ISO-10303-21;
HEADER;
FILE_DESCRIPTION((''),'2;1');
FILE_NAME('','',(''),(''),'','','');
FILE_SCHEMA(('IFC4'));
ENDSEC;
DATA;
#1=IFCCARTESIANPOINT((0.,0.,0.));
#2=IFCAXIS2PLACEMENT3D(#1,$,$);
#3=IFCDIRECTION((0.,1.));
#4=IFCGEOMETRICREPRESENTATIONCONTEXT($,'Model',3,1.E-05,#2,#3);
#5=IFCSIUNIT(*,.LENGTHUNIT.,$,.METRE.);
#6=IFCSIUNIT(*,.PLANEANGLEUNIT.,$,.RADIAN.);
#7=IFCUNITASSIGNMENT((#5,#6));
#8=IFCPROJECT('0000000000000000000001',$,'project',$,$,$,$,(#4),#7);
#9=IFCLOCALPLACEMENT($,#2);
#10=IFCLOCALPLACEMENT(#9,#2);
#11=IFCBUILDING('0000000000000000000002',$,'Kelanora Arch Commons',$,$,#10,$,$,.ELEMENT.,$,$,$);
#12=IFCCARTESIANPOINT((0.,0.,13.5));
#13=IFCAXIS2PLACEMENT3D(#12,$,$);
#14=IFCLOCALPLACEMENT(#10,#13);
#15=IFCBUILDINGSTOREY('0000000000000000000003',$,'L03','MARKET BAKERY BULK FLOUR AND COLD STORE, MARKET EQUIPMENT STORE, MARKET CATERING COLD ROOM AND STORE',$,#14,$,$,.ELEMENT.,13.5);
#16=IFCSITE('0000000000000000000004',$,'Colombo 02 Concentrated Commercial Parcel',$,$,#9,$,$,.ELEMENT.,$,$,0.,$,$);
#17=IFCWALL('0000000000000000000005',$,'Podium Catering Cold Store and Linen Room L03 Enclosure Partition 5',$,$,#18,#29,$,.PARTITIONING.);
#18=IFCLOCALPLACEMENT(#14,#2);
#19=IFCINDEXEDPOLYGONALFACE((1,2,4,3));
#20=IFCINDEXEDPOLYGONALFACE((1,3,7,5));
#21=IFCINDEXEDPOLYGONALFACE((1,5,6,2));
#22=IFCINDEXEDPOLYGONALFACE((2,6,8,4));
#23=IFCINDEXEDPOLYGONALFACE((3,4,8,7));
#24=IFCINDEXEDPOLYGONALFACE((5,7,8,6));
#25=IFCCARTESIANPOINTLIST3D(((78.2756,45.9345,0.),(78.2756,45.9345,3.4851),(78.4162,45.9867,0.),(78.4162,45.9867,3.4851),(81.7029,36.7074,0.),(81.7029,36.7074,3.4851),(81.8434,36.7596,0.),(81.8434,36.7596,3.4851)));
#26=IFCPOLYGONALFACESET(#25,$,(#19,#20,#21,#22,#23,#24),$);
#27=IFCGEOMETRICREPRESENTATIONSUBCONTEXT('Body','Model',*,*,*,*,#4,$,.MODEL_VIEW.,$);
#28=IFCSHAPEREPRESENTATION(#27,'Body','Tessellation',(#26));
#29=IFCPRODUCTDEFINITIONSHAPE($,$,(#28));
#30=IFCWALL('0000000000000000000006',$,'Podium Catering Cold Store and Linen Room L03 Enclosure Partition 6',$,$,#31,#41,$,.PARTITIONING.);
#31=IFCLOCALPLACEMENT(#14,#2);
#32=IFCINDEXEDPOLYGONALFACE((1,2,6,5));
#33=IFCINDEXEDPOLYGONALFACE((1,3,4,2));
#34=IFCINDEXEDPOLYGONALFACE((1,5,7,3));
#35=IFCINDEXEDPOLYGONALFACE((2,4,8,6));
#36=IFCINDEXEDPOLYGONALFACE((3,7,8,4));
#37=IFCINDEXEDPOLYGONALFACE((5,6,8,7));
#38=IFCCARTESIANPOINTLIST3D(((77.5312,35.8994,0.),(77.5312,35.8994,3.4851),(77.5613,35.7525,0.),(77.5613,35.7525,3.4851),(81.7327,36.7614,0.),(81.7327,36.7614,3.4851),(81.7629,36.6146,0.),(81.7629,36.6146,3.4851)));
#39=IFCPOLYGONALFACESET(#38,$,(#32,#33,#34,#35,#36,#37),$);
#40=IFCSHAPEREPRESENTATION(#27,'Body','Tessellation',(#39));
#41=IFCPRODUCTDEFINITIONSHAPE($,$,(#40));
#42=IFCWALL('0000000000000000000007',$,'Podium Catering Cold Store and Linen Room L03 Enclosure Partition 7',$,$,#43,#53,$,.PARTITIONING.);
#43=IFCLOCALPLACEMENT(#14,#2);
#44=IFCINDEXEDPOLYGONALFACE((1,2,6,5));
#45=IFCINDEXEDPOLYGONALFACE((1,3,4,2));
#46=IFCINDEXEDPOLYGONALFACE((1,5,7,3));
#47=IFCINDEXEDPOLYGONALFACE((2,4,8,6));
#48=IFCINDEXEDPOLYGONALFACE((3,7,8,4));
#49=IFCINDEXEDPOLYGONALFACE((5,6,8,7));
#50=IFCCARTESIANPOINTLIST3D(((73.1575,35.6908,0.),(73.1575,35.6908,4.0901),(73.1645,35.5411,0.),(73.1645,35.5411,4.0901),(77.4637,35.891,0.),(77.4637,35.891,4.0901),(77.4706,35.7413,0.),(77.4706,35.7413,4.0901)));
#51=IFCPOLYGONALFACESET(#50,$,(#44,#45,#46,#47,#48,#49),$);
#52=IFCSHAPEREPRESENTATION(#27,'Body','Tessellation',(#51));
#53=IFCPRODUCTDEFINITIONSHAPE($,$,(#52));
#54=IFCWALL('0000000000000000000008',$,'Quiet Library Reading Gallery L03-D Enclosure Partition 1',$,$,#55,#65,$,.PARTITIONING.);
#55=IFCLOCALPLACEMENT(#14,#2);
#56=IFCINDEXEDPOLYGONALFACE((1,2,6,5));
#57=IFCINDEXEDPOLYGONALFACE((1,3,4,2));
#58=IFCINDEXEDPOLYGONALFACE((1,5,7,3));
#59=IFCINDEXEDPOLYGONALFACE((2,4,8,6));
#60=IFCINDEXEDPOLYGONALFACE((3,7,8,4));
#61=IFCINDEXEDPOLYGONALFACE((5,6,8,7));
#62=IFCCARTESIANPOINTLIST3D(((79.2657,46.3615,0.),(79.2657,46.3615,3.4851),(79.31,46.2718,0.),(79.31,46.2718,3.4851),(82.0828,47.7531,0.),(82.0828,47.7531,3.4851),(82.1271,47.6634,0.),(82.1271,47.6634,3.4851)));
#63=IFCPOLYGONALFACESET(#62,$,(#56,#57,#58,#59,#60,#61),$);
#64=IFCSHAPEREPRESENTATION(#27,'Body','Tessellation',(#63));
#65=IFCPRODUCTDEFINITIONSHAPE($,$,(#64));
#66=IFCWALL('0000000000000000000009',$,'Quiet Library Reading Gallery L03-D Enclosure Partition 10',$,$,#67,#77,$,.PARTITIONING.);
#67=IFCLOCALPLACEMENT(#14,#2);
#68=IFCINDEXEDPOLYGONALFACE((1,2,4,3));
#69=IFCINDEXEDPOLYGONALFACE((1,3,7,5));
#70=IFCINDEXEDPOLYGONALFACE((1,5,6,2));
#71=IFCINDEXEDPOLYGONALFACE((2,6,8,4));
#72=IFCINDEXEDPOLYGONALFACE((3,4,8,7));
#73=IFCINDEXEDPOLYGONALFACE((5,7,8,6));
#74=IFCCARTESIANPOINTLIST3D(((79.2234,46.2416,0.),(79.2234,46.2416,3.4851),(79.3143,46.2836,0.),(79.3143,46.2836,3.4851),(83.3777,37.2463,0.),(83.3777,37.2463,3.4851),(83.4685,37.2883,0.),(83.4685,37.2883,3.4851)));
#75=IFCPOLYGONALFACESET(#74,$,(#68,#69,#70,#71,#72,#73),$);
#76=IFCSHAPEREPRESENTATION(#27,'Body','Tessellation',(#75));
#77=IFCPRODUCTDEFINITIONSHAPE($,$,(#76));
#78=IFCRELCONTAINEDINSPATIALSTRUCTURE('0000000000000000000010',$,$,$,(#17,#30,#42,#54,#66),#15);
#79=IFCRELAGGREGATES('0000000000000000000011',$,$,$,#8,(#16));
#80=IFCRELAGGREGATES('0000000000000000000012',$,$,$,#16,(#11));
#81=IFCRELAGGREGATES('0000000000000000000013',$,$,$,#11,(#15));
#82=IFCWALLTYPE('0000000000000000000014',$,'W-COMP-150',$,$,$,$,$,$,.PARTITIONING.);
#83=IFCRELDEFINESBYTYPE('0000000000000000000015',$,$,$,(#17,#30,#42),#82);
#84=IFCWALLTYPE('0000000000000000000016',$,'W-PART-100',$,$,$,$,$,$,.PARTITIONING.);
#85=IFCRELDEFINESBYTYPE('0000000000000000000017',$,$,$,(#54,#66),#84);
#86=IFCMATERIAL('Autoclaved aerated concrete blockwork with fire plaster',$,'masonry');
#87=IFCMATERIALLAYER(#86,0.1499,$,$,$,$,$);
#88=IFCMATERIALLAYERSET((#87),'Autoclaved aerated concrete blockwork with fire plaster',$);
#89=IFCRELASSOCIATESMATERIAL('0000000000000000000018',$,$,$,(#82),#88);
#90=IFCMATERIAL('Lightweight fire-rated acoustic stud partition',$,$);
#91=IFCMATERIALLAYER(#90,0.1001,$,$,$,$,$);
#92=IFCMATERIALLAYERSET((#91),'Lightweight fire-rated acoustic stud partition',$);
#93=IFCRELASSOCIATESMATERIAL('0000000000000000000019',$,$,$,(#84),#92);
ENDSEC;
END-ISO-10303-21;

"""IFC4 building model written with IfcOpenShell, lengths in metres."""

from ifc_helpers import new_model, si_unit, direction, frame, frame_2d, origin, place, context, subcontext, project, spatial, rectangle, extrude, material, layer, layer_set, type_object, element, save


model = new_model("IFC4")

# Units and contexts
model_context = context("Model", 3, precision=1e-05, world=origin(), true_north=direction((0.0, 1.0)))
body_context = subcontext(model_context, "Body", "Model", "MODEL_VIEW")
ifc_project = project(units=[si_unit("LENGTHUNIT", "METRE"), si_unit("PLANEANGLEUNIT", "RADIAN")], contexts=[model_context])

# Site, building, storey
site_placement = place(None, origin())
site = spatial("IfcSite", under=ifc_project, at=site_placement, Name="Colombo 02 Concentrated Commercial Parcel", CompositionType="ELEMENT", RefElevation=0.0)
building_placement = place(site_placement, origin())
building = spatial("IfcBuilding", under=site, at=building_placement, Name="Kelanora Arch Commons", CompositionType="ELEMENT")
storey_placement = place(building_placement, frame((0.0, 0.0, 13.5)))
storey = spatial("IfcBuildingStorey", under=building, at=storey_placement, Name="L03", Description="MARKET BAKERY BULK FLOUR AND COLD STORE, MARKET EQUIPMENT STORE, MARKET CATERING COLD ROOM AND STORE", CompositionType="ELEMENT", Elevation=13.5)

# Walls
ifc_material_1 = material(Name="Autoclaved aerated concrete blockwork with fire plaster", Category="masonry")
ifc_layer_1 = layer(ifc_material_1, 0.1499)
ifc_layer_set_1 = layer_set([ifc_layer_1], Name="Autoclaved aerated concrete blockwork with fire plaster")
wall_type_1 = type_object("IfcWallType", Name="W-COMP-150", PredefinedType="PARTITIONING", material=ifc_layer_set_1)
wall_1_placement = place(storey_placement, frame((78.3459, 45.9604, 0.0), z_axis=(0.0, 0.0, 1.0), x_axis=(0.348192, -0.937423, 0.0)))
element("IfcWall", 1, at=wall_1_placement, inside=storey, type_object=wall_type_1, Name="Podium Catering Cold Store and Linen Room L03 Enclosure Partition 5", PredefinedType="PARTITIONING", context=body_context, shape_type="SweptSolid", body=[
    extrude(rectangle(XDim=9.843, YDim=0.1499, at=frame_2d((4.9214, 0.0))), origin(), (0.0, 0.0, 1.0), 3.4851),
])
wall_2_placement = place(storey_placement, frame((81.7478, 36.688, 0.0), z_axis=(0.0, 0.0, 1.0), x_axis=(-0.979594, -0.200985, 0.0)))
element("IfcWall", 2, at=wall_2_placement, inside=storey, type_object=wall_type_1, Name="Podium Catering Cold Store and Linen Room L03 Enclosure Partition 6", PredefinedType="PARTITIONING", context=body_context, shape_type="SweptSolid", body=[
    extrude(rectangle(XDim=4.2891, YDim=0.1499, at=frame_2d((2.1445, 0.0))), origin(), (0.0, 0.0, 1.0), 3.4851),
])
wall_3_placement = place(storey_placement, frame((77.467, 35.8162, 0.0), z_axis=(0.0, 0.0, 1.0), x_axis=(-0.998921, -0.04644, 0.0)))
element("IfcWall", 3, at=wall_3_placement, inside=storey, type_object=wall_type_1, Name="Podium Catering Cold Store and Linen Room L03 Enclosure Partition 7", PredefinedType="PARTITIONING", context=body_context, shape_type="SweptSolid", body=[
    extrude(rectangle(XDim=4.3108, YDim=0.1499, at=frame_2d((2.1553, 0.0))), origin(), (0.0, 0.0, 1.0), 4.0901),
])
ifc_material_2 = material(Name="Lightweight fire-rated acoustic stud partition")
ifc_layer_2 = layer(ifc_material_2, 0.1001)
ifc_layer_set_2 = layer_set([ifc_layer_2], Name="Lightweight fire-rated acoustic stud partition")
wall_type_2 = type_object("IfcWallType", Name="W-PART-100", PredefinedType="PARTITIONING", material=ifc_layer_set_2)
wall_4_placement = place(storey_placement, frame((79.2878, 46.3167, 0.0), z_axis=(0.0, 0.0, 1.0), x_axis=(0.896577, 0.442888, 0.0)))
element("IfcWall", 4, at=wall_4_placement, inside=storey, type_object=wall_type_2, Name="Quiet Library Reading Gallery L03-D Enclosure Partition 1", PredefinedType="PARTITIONING", context=body_context, shape_type="SweptSolid", body=[
    extrude(rectangle(XDim=3.1421, YDim=0.1001, at=frame_2d((1.571, 0.0))), origin(), (0.0, 0.0, 1.0), 3.4851),
])
wall_5_placement = place(storey_placement, frame((83.4231, 37.2673, 0.0), z_axis=(0.0, 0.0, 1.0), x_axis=(-0.419274, 0.90786, 0.0)))
element("IfcWall", 5, at=wall_5_placement, inside=storey, type_object=wall_type_2, Name="Quiet Library Reading Gallery L03-D Enclosure Partition 10", PredefinedType="PARTITIONING", context=body_context, shape_type="SweptSolid", body=[
    extrude(rectangle(XDim=9.9082, YDim=0.1001, at=frame_2d((4.9541, 0.0))), origin(), (0.0, 0.0, 1.0), 3.4851),
])

save(model, "model.ifc")
